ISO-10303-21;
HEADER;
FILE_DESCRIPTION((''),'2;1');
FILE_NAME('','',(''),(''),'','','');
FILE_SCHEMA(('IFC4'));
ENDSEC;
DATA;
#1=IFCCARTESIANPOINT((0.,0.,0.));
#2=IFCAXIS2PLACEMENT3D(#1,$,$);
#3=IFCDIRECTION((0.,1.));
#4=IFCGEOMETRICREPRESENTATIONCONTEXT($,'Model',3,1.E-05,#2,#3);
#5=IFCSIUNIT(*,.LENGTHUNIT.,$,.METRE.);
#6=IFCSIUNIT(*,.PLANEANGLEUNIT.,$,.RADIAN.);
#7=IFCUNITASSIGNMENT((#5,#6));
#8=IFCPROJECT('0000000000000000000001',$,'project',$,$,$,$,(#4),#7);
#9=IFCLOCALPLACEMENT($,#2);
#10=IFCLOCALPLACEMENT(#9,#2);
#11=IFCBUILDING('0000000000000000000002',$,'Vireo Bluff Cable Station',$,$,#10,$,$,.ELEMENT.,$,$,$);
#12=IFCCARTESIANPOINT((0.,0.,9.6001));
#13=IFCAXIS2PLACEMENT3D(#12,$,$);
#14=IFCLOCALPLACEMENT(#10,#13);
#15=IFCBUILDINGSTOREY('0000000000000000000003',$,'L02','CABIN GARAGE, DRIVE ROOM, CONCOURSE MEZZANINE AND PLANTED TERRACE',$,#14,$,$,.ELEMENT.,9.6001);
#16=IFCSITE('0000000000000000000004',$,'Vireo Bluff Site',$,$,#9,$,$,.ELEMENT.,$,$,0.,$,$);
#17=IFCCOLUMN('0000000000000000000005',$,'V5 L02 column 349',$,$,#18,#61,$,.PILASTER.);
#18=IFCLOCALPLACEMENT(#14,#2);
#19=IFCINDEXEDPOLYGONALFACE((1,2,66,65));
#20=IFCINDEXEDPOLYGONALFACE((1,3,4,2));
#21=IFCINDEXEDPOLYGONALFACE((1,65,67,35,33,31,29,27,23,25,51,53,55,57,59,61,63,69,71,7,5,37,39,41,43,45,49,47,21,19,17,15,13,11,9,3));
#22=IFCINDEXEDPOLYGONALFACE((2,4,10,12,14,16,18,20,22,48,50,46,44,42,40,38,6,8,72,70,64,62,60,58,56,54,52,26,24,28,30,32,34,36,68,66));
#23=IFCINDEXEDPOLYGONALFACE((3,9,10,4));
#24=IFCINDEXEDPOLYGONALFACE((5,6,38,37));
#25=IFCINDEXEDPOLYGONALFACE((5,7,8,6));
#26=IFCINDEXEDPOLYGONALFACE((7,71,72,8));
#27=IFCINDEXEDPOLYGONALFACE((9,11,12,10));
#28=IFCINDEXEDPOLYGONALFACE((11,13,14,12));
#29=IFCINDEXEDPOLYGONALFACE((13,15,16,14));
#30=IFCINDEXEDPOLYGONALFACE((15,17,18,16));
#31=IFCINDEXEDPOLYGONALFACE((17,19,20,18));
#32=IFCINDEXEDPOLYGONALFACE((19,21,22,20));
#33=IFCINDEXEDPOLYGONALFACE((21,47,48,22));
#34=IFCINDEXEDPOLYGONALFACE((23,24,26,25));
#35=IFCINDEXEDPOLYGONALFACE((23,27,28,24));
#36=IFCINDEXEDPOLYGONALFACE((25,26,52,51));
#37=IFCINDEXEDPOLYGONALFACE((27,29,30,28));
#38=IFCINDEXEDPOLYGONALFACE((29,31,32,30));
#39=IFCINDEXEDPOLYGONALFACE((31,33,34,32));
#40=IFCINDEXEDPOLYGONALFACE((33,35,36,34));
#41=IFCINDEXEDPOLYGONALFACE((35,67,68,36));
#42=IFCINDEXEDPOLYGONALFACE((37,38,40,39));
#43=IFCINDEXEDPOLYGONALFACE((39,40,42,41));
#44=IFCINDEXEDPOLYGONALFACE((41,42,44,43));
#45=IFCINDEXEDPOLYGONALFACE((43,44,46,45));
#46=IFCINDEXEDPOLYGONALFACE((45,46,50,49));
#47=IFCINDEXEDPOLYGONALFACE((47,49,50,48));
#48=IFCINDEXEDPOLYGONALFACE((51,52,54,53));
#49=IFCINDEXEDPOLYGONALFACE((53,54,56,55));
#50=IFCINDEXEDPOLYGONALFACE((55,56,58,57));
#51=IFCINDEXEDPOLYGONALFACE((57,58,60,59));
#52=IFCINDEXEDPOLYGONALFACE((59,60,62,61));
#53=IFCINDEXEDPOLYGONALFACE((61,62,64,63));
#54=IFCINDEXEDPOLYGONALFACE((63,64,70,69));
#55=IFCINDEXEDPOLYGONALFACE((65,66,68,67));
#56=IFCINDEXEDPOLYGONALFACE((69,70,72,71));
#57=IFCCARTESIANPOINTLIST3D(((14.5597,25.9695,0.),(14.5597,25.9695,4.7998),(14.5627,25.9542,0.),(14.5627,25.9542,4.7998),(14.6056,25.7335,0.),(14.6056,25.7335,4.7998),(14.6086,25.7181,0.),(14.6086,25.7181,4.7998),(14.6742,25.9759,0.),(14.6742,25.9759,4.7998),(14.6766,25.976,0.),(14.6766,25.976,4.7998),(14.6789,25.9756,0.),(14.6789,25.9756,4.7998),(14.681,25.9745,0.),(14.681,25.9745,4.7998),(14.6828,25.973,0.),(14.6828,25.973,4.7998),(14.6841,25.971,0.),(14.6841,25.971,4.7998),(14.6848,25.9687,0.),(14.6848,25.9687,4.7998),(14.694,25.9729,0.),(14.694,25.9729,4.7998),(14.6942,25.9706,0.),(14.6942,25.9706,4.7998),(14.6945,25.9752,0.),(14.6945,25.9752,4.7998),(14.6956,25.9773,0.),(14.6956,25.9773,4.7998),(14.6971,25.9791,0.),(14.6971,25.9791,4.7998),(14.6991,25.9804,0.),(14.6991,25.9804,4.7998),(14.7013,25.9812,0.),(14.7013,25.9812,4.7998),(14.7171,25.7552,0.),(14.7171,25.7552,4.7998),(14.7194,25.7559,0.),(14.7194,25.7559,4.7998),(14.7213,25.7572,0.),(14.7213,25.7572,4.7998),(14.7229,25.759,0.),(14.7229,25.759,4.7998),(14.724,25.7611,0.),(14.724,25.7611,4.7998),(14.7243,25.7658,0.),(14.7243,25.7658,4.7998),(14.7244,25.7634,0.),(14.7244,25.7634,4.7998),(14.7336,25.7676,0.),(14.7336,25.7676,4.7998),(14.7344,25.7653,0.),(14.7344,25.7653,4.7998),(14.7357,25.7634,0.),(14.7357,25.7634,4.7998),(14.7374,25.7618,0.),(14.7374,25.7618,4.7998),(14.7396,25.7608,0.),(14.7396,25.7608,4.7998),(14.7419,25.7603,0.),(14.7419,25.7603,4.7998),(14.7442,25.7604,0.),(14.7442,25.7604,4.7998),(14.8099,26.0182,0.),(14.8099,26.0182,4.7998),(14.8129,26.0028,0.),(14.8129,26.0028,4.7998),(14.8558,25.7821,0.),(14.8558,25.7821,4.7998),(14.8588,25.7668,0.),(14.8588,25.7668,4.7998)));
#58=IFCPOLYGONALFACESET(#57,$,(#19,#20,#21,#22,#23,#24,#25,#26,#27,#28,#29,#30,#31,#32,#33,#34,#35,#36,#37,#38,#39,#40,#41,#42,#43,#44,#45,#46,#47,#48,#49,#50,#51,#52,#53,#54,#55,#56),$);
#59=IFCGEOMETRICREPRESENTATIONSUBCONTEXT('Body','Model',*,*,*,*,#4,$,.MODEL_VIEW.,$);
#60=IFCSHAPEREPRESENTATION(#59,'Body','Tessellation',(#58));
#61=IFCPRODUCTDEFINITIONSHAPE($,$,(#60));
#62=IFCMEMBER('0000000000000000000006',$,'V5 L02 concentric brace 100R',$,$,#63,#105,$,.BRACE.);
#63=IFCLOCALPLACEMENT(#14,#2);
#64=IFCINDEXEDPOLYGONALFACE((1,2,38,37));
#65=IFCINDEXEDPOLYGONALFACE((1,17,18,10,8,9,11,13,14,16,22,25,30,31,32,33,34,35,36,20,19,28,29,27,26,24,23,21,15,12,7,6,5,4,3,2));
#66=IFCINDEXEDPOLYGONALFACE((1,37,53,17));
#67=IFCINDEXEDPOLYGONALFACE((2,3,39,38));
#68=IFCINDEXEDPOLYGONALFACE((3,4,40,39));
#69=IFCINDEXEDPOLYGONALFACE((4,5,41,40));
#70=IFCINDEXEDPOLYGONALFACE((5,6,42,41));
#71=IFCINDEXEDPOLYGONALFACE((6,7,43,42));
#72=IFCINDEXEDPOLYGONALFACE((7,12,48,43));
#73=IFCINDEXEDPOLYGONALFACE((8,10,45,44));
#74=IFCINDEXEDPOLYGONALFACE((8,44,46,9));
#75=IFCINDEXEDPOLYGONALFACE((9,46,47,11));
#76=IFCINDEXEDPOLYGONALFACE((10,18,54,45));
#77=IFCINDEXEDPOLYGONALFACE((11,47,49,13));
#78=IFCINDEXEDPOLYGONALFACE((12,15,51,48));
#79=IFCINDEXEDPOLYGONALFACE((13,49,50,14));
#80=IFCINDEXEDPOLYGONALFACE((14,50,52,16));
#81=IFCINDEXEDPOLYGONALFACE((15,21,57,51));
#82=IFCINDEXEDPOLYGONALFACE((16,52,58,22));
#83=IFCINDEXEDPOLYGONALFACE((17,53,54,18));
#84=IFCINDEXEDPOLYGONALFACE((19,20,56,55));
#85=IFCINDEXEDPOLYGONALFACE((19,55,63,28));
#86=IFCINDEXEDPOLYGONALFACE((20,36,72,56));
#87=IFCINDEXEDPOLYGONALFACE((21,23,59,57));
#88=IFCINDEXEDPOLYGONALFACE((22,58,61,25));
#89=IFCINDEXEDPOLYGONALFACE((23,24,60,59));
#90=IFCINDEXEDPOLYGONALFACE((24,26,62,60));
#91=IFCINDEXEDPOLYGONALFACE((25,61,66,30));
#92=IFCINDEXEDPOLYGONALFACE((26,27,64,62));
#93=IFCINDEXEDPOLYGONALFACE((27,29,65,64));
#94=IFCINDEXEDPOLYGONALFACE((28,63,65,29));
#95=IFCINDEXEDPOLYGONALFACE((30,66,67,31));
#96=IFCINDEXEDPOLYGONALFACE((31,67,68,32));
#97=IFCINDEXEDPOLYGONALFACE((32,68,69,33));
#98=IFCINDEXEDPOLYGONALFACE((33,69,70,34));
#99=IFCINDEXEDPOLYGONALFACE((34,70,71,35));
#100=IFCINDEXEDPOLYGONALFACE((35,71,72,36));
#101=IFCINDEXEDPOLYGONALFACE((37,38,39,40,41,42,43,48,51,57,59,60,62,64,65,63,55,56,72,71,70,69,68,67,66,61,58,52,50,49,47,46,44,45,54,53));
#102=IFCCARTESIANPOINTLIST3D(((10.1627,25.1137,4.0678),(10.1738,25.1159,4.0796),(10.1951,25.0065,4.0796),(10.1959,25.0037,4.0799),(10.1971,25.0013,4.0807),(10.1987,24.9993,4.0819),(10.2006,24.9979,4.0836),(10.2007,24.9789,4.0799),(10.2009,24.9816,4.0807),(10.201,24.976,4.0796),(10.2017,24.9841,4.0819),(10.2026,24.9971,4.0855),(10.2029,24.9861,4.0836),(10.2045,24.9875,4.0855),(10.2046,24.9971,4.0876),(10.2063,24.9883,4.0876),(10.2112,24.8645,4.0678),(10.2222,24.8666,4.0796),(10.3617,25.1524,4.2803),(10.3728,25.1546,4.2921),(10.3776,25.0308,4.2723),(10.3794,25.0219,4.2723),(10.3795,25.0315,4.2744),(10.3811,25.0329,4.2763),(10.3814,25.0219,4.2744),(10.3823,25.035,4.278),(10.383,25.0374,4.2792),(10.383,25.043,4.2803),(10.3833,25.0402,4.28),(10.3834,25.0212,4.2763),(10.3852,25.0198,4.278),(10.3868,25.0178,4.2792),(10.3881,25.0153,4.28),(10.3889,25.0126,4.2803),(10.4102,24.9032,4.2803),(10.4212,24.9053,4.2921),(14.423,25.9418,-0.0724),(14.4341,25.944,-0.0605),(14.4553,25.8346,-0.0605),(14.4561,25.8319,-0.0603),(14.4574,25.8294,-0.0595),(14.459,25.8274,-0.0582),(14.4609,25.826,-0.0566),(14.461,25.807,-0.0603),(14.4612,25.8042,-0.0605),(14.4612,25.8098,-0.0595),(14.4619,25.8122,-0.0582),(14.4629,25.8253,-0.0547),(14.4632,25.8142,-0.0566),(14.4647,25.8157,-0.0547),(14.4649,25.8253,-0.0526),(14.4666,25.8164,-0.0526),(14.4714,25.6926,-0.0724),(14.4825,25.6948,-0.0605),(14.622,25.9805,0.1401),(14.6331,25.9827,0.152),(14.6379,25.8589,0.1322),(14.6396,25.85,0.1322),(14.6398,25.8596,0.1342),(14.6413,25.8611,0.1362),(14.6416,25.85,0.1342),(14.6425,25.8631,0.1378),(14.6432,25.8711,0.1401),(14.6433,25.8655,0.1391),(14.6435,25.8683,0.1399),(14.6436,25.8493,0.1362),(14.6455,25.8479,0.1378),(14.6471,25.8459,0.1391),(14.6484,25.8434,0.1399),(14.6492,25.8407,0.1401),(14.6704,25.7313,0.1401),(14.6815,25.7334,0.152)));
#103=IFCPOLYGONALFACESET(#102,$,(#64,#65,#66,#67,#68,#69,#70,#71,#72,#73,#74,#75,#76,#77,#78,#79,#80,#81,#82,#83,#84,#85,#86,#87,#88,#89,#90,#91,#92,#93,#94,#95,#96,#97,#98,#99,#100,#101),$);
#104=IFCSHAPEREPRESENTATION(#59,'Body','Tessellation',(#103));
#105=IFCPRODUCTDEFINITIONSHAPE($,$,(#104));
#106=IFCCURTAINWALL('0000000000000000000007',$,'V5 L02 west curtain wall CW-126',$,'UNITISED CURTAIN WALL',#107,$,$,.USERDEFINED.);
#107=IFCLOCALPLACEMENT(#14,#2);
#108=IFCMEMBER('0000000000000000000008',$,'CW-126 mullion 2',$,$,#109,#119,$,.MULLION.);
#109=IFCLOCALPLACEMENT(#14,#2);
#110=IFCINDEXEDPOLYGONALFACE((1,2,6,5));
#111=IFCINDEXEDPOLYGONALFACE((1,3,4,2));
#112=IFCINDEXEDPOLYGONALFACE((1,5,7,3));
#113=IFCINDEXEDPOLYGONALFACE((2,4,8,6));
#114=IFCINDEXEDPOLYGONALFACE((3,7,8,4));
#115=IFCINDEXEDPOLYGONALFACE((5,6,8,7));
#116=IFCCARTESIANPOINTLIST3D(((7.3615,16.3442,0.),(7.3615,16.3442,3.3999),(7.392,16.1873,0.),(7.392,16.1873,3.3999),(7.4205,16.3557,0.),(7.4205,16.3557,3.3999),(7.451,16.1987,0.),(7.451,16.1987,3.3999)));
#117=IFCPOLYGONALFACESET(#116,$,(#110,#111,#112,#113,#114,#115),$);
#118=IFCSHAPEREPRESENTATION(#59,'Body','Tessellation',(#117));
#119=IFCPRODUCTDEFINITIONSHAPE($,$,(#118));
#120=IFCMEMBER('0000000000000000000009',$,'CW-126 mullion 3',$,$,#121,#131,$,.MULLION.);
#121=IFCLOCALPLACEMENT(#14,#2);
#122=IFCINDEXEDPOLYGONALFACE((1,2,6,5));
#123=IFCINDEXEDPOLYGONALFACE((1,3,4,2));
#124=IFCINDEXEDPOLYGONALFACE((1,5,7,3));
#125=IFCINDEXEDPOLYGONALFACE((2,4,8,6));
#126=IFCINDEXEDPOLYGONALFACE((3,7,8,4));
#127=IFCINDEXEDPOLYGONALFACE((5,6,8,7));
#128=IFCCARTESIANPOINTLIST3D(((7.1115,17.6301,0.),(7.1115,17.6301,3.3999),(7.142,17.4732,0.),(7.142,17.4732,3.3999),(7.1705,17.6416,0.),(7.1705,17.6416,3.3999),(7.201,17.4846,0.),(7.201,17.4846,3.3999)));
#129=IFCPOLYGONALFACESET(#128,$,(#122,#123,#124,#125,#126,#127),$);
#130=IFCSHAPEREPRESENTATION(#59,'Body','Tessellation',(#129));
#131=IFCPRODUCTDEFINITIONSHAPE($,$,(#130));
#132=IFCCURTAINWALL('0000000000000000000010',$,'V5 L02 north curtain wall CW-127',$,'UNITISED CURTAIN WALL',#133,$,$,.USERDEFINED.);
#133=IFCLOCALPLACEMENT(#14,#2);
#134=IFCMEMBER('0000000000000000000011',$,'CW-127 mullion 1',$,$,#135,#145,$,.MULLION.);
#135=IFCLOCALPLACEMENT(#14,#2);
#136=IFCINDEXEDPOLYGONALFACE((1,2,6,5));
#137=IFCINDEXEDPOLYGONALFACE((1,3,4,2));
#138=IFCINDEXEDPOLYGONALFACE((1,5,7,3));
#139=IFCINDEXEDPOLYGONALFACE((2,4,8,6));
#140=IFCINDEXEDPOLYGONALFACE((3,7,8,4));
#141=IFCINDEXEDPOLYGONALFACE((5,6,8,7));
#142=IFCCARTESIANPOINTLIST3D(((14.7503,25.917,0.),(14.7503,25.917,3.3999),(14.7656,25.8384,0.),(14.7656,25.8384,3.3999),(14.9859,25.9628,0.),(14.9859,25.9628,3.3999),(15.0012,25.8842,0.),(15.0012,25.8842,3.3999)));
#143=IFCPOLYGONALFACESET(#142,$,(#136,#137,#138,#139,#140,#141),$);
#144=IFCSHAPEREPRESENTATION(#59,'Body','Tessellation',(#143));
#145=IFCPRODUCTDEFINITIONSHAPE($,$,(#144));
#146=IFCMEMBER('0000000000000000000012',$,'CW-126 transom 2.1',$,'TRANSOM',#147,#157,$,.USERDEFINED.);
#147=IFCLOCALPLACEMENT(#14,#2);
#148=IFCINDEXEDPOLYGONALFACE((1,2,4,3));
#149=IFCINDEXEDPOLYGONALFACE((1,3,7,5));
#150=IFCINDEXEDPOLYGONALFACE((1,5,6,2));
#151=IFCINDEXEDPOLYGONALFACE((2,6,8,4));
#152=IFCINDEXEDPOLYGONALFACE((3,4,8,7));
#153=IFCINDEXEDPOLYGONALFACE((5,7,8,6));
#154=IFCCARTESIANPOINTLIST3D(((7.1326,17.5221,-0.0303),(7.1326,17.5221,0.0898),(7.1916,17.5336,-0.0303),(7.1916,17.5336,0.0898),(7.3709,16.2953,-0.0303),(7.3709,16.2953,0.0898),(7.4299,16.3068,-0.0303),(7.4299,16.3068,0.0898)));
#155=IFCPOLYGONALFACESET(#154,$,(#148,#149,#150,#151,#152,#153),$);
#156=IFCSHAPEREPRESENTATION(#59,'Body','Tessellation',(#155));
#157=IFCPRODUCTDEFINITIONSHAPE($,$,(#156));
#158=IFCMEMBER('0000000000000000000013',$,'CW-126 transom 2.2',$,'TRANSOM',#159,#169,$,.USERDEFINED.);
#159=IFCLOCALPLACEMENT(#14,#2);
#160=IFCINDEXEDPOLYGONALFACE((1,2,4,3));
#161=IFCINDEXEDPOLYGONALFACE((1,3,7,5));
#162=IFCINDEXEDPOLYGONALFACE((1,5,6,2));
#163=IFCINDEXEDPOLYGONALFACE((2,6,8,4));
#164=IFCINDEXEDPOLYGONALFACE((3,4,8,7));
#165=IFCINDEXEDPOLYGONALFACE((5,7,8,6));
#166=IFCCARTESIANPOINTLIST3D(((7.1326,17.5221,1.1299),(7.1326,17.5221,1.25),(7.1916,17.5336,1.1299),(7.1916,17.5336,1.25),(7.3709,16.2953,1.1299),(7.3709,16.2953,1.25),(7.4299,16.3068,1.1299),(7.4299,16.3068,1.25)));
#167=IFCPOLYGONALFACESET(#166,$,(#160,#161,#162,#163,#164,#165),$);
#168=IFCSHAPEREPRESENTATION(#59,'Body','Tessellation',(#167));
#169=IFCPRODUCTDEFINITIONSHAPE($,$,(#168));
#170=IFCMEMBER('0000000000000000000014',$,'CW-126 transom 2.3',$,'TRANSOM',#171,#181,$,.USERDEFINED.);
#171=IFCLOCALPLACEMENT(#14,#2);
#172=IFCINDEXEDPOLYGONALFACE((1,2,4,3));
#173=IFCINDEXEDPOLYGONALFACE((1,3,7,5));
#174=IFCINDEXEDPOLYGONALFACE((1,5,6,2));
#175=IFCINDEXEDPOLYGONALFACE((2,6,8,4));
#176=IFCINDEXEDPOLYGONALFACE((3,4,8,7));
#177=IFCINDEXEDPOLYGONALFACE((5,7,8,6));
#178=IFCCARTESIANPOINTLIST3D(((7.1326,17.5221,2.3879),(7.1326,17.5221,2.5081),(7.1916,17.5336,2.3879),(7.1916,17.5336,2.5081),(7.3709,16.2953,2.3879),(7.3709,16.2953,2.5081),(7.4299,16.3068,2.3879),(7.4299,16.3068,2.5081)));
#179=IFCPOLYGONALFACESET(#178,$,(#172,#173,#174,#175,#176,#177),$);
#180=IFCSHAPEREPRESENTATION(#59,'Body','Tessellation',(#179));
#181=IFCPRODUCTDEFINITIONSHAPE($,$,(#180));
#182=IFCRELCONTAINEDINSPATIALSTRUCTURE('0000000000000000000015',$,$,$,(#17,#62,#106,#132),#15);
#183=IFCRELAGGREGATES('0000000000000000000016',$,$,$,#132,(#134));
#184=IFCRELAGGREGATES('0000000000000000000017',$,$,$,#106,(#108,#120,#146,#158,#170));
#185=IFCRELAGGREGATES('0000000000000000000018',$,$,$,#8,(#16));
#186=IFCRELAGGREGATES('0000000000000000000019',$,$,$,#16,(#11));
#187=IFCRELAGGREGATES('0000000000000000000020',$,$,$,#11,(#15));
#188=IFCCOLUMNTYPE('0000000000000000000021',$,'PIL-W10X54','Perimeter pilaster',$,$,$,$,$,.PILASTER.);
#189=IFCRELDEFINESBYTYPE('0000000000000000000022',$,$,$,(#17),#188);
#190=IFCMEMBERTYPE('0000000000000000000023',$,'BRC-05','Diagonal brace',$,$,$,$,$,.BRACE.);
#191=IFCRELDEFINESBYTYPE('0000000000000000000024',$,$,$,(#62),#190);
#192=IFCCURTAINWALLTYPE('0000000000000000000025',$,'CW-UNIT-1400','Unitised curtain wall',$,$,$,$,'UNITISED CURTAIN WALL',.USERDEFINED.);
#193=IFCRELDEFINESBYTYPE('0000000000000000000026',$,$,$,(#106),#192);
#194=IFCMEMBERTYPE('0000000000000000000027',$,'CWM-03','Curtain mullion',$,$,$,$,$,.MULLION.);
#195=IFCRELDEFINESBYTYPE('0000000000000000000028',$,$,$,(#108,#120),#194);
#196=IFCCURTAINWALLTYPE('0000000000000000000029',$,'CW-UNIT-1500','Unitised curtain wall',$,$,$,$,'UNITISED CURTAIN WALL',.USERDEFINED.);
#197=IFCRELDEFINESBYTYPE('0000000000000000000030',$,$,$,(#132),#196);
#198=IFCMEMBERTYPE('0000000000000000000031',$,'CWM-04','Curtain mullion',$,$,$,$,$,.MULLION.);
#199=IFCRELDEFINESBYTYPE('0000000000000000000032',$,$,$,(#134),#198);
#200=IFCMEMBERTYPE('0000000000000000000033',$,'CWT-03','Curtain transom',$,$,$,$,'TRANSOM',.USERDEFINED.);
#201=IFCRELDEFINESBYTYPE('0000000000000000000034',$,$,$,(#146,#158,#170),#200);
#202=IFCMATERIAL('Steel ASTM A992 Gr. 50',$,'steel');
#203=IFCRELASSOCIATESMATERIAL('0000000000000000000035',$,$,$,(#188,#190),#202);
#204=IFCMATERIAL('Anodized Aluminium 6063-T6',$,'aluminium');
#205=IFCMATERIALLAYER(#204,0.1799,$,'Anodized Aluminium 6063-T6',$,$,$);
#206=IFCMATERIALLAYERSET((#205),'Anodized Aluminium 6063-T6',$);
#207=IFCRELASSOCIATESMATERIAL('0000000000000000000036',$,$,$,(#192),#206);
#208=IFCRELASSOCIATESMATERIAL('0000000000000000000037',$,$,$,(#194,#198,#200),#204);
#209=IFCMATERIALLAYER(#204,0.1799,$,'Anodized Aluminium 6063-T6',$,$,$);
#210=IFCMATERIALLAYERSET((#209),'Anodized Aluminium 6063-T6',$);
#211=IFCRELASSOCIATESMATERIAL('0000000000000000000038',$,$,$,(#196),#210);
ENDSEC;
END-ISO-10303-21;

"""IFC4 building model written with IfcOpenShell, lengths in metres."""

from ifc_helpers import new_model, si_unit, direction, frame, origin, origin_2d, place, context, subcontext, project, spatial, rectangle, i_section, extrude, material, layer, layer_set, material_profile, profile_set, type_object, element, aggregate, save


model = new_model("IFC4")

# Units and contexts
model_context = context("Model", 3, precision=1e-05, world=origin(), true_north=direction((0.0, 1.0)))
body_context = subcontext(model_context, "Body", "Model", "MODEL_VIEW")
ifc_project = project(units=[si_unit("LENGTHUNIT", "METRE"), si_unit("PLANEANGLEUNIT", "RADIAN")], contexts=[model_context])

# Site, building, storey
site_placement = place(None, origin())
site = spatial("IfcSite", under=ifc_project, at=site_placement, Name="Vireo Bluff Site", CompositionType="ELEMENT", RefElevation=0.0)
building_placement = place(site_placement, origin())
building = spatial("IfcBuilding", under=site, at=building_placement, Name="Vireo Bluff Cable Station", CompositionType="ELEMENT")
storey_placement = place(building_placement, frame((0.0, 0.0, 9.6001)))
storey = spatial("IfcBuildingStorey", under=building, at=storey_placement, Name="L02", Description="CABIN GARAGE, DRIVE ROOM, CONCOURSE MEZZANINE AND PLANTED TERRACE", CompositionType="ELEMENT", Elevation=9.6001)

# Column
ifc_material_1 = material(Name="Steel ASTM A992 Gr. 50", Category="steel")
ifc_material_profile_1 = material_profile(ifc_material_1, i_section(OverallWidth=0.2549, OverallDepth=0.2561, WebThickness=0.0095, FlangeThickness=0.0156, FilletRadius=0.009, at=origin_2d()), Name="W10X54")
ifc_profile_set_1 = profile_set([ifc_material_profile_1], Name="Steel ASTM A992 Gr. 50")
column_type = type_object("IfcColumnType", Name="PIL-W10X54", Description="Perimeter pilaster", PredefinedType="PILASTER", material=ifc_profile_set_1)
column_placement = place(storey_placement, frame((14.7092, 25.8682, 0.0), z_axis=(0.0, 0.0, 1.0), x_axis=(0.981627, 0.190809, 0.0)))
element("IfcColumn", 1, at=column_placement, inside=storey, type_object=column_type, Name="V5 L02 column 349", PredefinedType="PILASTER", context=body_context, shape_type="SweptSolid", body=[
    extrude(i_section(OverallWidth=0.2549, OverallDepth=0.2561, WebThickness=0.0095, FlangeThickness=0.0156, FilletRadius=0.009, at=origin_2d()), origin(), (0.0, 0.0, 1.0), 4.7998),
])

# Member
ifc_material_profile_2 = material_profile(ifc_material_1, i_section(OverallWidth=0.2539, OverallDepth=0.3101, WebThickness=0.009, FlangeThickness=0.0164, FilletRadius=0.011, at=origin_2d()), Name="W12X58")
ifc_profile_set_2 = profile_set([ifc_material_profile_2], Name="Steel ASTM A992 Gr. 50")
member_type_1 = type_object("IfcMemberType", Name="BRC-05", Description="Diagonal brace", PredefinedType="BRACE", material=ifc_profile_set_2)
member_1_placement = place(storey_placement, frame((14.5522, 25.8376, 0.0398), z_axis=(-0.710276, -0.138066, 0.69025), x_axis=(0.190812, -0.981627, 0.0)))
element("IfcMember", 2, at=member_1_placement, inside=storey, type_object=member_type_1, Name="V5 L02 concentric brace 100R", PredefinedType="BRACE", context=body_context, shape_type="SweptSolid", body=[
    extrude(i_section(OverallWidth=0.2539, OverallDepth=0.3101, WebThickness=0.009, FlangeThickness=0.0164, FilletRadius=0.011, at=origin_2d()), origin(), (0.0, 0.0, 1.0), 5.998),
])

# Curtain wall, members
ifc_material_2 = material(Name="Anodized Aluminium 6063-T6", Category="aluminium")
ifc_layer_1 = layer(ifc_material_2, 0.1799, Name="Anodized Aluminium 6063-T6")
ifc_layer_set_1 = layer_set([ifc_layer_1], Name="Anodized Aluminium 6063-T6")
curtain_wall_type_1 = type_object("IfcCurtainWallType", Name="CW-UNIT-1400", Description="Unitised curtain wall", ElementType="UNITISED CURTAIN WALL", PredefinedType="USERDEFINED", material=ifc_layer_set_1)
curtain_wall_1_placement = place(storey_placement, origin())
curtain_wall_1 = element("IfcCurtainWall", 3, at=curtain_wall_1_placement, inside=storey, type_object=curtain_wall_type_1, Name="V5 L02 west curtain wall CW-126", ObjectType="UNITISED CURTAIN WALL", PredefinedType="USERDEFINED")
ifc_material_profile_3 = material_profile(ifc_material_2, rectangle(XDim=0.0601, YDim=0.1599, at=origin_2d()), Name="ALU-M-60X160")
ifc_profile_set_3 = profile_set([ifc_material_profile_3], Name="Anodized Aluminium 6063-T6")
member_type_2 = type_object("IfcMemberType", Name="CWM-03", Description="Curtain mullion", PredefinedType="MULLION", material=ifc_profile_set_3)
member_2_placement = place(storey_placement, frame((7.4062, 16.2715, 0.0), z_axis=(0.0, 0.0, 1.0), x_axis=(-0.981627, -0.190809, 0.0)))
member_2 = element("IfcMember", 4, at=member_2_placement, type_object=member_type_2, Name="CW-126 mullion 2", PredefinedType="MULLION", context=body_context, shape_type="SweptSolid", body=[
    extrude(rectangle(XDim=0.0601, YDim=0.1599, at=origin_2d()), origin(), (0.0, 0.0, 1.0), 3.3999),
])
member_3_placement = place(storey_placement, frame((7.1562, 17.5574, 0.0), z_axis=(0.0, 0.0, 1.0), x_axis=(-0.981627, -0.190809, 0.0)))
member_3 = element("IfcMember", 5, at=member_3_placement, type_object=member_type_2, Name="CW-126 mullion 3", PredefinedType="MULLION", context=body_context, shape_type="SweptSolid", body=[
    extrude(rectangle(XDim=0.0601, YDim=0.1599, at=origin_2d()), origin(), (0.0, 0.0, 1.0), 3.3999),
])

# Curtain wall, member
ifc_layer_2 = layer(ifc_material_2, 0.1799, Name="Anodized Aluminium 6063-T6")
ifc_layer_set_2 = layer_set([ifc_layer_2], Name="Anodized Aluminium 6063-T6")
curtain_wall_type_2 = type_object("IfcCurtainWallType", Name="CW-UNIT-1500", Description="Unitised curtain wall", ElementType="UNITISED CURTAIN WALL", PredefinedType="USERDEFINED", material=ifc_layer_set_2)
curtain_wall_2_placement = place(storey_placement, origin())
curtain_wall_2 = element("IfcCurtainWall", 6, at=curtain_wall_2_placement, inside=storey, type_object=curtain_wall_type_2, Name="V5 L02 north curtain wall CW-127", ObjectType="UNITISED CURTAIN WALL", PredefinedType="USERDEFINED")
ifc_material_profile_4 = material_profile(ifc_material_2, rectangle(XDim=0.0801, YDim=0.24, at=origin_2d()), Name="ALU-M-80X240")
ifc_profile_set_4 = profile_set([ifc_material_profile_4], Name="Anodized Aluminium 6063-T6")
member_type_3 = type_object("IfcMemberType", Name="CWM-04", Description="Curtain mullion", PredefinedType="MULLION", material=ifc_profile_set_4)
member_4_placement = place(storey_placement, frame((14.8757, 25.9006, 0.0), z_axis=(0.0, 0.0, 1.0), x_axis=(-0.190809, 0.981627, 0.0)))
member_4 = element("IfcMember", 7, at=member_4_placement, type_object=member_type_3, Name="CW-127 mullion 1", PredefinedType="MULLION", context=body_context, shape_type="SweptSolid", body=[
    extrude(rectangle(XDim=0.0801, YDim=0.24, at=origin_2d()), origin(), (0.0, 0.0, 1.0), 3.3999),
])

# Members
ifc_material_profile_5 = material_profile(ifc_material_2, rectangle(XDim=0.0601, YDim=0.1201, at=origin_2d()), Name="ALU-T-60X120")
ifc_profile_set_5 = profile_set([ifc_material_profile_5], Name="Anodized Aluminium 6063-T6")
member_type_4 = type_object("IfcMemberType", Name="CWT-03", Description="Curtain transom", ElementType="TRANSOM", PredefinedType="USERDEFINED", material=ifc_profile_set_5)
member_5_placement = place(storey_placement, frame((7.4004, 16.301, 0.0298), z_axis=(-0.190666, 0.981655, 0.0), x_axis=(-0.981655, -0.190666, 0.0)))
member_5 = element("IfcMember", 8, at=member_5_placement, type_object=member_type_4, Name="CW-126 transom 2.1", ObjectType="TRANSOM", PredefinedType="USERDEFINED", context=body_context, shape_type="SweptSolid", body=[
    extrude(rectangle(XDim=0.0601, YDim=0.1201, at=origin_2d()), origin(), (0.0, 0.0, 1.0), 1.2498),
])
member_6_placement = place(storey_placement, frame((7.4004, 16.301, 1.1899), z_axis=(-0.190666, 0.981655, 0.0), x_axis=(-0.981655, -0.190666, 0.0)))
member_6 = element("IfcMember", 9, at=member_6_placement, type_object=member_type_4, Name="CW-126 transom 2.2", ObjectType="TRANSOM", PredefinedType="USERDEFINED", context=body_context, shape_type="SweptSolid", body=[
    extrude(rectangle(XDim=0.0601, YDim=0.1201, at=origin_2d()), origin(), (0.0, 0.0, 1.0), 1.2498),
])
member_7_placement = place(storey_placement, frame((7.4004, 16.301, 2.448), z_axis=(-0.190666, 0.981655, 0.0), x_axis=(-0.981655, -0.190666, 0.0)))
member_7 = element("IfcMember", 10, at=member_7_placement, type_object=member_type_4, Name="CW-126 transom 2.3", ObjectType="TRANSOM", PredefinedType="USERDEFINED", context=body_context, shape_type="SweptSolid", body=[
    extrude(rectangle(XDim=0.0601, YDim=0.1201, at=origin_2d()), origin(), (0.0, 0.0, 1.0), 1.2498),
])
aggregate(curtain_wall_2, [member_4])

aggregate(curtain_wall_1, [member_2, member_3, member_5, member_6, member_7])

save(model, "model.ifc")
